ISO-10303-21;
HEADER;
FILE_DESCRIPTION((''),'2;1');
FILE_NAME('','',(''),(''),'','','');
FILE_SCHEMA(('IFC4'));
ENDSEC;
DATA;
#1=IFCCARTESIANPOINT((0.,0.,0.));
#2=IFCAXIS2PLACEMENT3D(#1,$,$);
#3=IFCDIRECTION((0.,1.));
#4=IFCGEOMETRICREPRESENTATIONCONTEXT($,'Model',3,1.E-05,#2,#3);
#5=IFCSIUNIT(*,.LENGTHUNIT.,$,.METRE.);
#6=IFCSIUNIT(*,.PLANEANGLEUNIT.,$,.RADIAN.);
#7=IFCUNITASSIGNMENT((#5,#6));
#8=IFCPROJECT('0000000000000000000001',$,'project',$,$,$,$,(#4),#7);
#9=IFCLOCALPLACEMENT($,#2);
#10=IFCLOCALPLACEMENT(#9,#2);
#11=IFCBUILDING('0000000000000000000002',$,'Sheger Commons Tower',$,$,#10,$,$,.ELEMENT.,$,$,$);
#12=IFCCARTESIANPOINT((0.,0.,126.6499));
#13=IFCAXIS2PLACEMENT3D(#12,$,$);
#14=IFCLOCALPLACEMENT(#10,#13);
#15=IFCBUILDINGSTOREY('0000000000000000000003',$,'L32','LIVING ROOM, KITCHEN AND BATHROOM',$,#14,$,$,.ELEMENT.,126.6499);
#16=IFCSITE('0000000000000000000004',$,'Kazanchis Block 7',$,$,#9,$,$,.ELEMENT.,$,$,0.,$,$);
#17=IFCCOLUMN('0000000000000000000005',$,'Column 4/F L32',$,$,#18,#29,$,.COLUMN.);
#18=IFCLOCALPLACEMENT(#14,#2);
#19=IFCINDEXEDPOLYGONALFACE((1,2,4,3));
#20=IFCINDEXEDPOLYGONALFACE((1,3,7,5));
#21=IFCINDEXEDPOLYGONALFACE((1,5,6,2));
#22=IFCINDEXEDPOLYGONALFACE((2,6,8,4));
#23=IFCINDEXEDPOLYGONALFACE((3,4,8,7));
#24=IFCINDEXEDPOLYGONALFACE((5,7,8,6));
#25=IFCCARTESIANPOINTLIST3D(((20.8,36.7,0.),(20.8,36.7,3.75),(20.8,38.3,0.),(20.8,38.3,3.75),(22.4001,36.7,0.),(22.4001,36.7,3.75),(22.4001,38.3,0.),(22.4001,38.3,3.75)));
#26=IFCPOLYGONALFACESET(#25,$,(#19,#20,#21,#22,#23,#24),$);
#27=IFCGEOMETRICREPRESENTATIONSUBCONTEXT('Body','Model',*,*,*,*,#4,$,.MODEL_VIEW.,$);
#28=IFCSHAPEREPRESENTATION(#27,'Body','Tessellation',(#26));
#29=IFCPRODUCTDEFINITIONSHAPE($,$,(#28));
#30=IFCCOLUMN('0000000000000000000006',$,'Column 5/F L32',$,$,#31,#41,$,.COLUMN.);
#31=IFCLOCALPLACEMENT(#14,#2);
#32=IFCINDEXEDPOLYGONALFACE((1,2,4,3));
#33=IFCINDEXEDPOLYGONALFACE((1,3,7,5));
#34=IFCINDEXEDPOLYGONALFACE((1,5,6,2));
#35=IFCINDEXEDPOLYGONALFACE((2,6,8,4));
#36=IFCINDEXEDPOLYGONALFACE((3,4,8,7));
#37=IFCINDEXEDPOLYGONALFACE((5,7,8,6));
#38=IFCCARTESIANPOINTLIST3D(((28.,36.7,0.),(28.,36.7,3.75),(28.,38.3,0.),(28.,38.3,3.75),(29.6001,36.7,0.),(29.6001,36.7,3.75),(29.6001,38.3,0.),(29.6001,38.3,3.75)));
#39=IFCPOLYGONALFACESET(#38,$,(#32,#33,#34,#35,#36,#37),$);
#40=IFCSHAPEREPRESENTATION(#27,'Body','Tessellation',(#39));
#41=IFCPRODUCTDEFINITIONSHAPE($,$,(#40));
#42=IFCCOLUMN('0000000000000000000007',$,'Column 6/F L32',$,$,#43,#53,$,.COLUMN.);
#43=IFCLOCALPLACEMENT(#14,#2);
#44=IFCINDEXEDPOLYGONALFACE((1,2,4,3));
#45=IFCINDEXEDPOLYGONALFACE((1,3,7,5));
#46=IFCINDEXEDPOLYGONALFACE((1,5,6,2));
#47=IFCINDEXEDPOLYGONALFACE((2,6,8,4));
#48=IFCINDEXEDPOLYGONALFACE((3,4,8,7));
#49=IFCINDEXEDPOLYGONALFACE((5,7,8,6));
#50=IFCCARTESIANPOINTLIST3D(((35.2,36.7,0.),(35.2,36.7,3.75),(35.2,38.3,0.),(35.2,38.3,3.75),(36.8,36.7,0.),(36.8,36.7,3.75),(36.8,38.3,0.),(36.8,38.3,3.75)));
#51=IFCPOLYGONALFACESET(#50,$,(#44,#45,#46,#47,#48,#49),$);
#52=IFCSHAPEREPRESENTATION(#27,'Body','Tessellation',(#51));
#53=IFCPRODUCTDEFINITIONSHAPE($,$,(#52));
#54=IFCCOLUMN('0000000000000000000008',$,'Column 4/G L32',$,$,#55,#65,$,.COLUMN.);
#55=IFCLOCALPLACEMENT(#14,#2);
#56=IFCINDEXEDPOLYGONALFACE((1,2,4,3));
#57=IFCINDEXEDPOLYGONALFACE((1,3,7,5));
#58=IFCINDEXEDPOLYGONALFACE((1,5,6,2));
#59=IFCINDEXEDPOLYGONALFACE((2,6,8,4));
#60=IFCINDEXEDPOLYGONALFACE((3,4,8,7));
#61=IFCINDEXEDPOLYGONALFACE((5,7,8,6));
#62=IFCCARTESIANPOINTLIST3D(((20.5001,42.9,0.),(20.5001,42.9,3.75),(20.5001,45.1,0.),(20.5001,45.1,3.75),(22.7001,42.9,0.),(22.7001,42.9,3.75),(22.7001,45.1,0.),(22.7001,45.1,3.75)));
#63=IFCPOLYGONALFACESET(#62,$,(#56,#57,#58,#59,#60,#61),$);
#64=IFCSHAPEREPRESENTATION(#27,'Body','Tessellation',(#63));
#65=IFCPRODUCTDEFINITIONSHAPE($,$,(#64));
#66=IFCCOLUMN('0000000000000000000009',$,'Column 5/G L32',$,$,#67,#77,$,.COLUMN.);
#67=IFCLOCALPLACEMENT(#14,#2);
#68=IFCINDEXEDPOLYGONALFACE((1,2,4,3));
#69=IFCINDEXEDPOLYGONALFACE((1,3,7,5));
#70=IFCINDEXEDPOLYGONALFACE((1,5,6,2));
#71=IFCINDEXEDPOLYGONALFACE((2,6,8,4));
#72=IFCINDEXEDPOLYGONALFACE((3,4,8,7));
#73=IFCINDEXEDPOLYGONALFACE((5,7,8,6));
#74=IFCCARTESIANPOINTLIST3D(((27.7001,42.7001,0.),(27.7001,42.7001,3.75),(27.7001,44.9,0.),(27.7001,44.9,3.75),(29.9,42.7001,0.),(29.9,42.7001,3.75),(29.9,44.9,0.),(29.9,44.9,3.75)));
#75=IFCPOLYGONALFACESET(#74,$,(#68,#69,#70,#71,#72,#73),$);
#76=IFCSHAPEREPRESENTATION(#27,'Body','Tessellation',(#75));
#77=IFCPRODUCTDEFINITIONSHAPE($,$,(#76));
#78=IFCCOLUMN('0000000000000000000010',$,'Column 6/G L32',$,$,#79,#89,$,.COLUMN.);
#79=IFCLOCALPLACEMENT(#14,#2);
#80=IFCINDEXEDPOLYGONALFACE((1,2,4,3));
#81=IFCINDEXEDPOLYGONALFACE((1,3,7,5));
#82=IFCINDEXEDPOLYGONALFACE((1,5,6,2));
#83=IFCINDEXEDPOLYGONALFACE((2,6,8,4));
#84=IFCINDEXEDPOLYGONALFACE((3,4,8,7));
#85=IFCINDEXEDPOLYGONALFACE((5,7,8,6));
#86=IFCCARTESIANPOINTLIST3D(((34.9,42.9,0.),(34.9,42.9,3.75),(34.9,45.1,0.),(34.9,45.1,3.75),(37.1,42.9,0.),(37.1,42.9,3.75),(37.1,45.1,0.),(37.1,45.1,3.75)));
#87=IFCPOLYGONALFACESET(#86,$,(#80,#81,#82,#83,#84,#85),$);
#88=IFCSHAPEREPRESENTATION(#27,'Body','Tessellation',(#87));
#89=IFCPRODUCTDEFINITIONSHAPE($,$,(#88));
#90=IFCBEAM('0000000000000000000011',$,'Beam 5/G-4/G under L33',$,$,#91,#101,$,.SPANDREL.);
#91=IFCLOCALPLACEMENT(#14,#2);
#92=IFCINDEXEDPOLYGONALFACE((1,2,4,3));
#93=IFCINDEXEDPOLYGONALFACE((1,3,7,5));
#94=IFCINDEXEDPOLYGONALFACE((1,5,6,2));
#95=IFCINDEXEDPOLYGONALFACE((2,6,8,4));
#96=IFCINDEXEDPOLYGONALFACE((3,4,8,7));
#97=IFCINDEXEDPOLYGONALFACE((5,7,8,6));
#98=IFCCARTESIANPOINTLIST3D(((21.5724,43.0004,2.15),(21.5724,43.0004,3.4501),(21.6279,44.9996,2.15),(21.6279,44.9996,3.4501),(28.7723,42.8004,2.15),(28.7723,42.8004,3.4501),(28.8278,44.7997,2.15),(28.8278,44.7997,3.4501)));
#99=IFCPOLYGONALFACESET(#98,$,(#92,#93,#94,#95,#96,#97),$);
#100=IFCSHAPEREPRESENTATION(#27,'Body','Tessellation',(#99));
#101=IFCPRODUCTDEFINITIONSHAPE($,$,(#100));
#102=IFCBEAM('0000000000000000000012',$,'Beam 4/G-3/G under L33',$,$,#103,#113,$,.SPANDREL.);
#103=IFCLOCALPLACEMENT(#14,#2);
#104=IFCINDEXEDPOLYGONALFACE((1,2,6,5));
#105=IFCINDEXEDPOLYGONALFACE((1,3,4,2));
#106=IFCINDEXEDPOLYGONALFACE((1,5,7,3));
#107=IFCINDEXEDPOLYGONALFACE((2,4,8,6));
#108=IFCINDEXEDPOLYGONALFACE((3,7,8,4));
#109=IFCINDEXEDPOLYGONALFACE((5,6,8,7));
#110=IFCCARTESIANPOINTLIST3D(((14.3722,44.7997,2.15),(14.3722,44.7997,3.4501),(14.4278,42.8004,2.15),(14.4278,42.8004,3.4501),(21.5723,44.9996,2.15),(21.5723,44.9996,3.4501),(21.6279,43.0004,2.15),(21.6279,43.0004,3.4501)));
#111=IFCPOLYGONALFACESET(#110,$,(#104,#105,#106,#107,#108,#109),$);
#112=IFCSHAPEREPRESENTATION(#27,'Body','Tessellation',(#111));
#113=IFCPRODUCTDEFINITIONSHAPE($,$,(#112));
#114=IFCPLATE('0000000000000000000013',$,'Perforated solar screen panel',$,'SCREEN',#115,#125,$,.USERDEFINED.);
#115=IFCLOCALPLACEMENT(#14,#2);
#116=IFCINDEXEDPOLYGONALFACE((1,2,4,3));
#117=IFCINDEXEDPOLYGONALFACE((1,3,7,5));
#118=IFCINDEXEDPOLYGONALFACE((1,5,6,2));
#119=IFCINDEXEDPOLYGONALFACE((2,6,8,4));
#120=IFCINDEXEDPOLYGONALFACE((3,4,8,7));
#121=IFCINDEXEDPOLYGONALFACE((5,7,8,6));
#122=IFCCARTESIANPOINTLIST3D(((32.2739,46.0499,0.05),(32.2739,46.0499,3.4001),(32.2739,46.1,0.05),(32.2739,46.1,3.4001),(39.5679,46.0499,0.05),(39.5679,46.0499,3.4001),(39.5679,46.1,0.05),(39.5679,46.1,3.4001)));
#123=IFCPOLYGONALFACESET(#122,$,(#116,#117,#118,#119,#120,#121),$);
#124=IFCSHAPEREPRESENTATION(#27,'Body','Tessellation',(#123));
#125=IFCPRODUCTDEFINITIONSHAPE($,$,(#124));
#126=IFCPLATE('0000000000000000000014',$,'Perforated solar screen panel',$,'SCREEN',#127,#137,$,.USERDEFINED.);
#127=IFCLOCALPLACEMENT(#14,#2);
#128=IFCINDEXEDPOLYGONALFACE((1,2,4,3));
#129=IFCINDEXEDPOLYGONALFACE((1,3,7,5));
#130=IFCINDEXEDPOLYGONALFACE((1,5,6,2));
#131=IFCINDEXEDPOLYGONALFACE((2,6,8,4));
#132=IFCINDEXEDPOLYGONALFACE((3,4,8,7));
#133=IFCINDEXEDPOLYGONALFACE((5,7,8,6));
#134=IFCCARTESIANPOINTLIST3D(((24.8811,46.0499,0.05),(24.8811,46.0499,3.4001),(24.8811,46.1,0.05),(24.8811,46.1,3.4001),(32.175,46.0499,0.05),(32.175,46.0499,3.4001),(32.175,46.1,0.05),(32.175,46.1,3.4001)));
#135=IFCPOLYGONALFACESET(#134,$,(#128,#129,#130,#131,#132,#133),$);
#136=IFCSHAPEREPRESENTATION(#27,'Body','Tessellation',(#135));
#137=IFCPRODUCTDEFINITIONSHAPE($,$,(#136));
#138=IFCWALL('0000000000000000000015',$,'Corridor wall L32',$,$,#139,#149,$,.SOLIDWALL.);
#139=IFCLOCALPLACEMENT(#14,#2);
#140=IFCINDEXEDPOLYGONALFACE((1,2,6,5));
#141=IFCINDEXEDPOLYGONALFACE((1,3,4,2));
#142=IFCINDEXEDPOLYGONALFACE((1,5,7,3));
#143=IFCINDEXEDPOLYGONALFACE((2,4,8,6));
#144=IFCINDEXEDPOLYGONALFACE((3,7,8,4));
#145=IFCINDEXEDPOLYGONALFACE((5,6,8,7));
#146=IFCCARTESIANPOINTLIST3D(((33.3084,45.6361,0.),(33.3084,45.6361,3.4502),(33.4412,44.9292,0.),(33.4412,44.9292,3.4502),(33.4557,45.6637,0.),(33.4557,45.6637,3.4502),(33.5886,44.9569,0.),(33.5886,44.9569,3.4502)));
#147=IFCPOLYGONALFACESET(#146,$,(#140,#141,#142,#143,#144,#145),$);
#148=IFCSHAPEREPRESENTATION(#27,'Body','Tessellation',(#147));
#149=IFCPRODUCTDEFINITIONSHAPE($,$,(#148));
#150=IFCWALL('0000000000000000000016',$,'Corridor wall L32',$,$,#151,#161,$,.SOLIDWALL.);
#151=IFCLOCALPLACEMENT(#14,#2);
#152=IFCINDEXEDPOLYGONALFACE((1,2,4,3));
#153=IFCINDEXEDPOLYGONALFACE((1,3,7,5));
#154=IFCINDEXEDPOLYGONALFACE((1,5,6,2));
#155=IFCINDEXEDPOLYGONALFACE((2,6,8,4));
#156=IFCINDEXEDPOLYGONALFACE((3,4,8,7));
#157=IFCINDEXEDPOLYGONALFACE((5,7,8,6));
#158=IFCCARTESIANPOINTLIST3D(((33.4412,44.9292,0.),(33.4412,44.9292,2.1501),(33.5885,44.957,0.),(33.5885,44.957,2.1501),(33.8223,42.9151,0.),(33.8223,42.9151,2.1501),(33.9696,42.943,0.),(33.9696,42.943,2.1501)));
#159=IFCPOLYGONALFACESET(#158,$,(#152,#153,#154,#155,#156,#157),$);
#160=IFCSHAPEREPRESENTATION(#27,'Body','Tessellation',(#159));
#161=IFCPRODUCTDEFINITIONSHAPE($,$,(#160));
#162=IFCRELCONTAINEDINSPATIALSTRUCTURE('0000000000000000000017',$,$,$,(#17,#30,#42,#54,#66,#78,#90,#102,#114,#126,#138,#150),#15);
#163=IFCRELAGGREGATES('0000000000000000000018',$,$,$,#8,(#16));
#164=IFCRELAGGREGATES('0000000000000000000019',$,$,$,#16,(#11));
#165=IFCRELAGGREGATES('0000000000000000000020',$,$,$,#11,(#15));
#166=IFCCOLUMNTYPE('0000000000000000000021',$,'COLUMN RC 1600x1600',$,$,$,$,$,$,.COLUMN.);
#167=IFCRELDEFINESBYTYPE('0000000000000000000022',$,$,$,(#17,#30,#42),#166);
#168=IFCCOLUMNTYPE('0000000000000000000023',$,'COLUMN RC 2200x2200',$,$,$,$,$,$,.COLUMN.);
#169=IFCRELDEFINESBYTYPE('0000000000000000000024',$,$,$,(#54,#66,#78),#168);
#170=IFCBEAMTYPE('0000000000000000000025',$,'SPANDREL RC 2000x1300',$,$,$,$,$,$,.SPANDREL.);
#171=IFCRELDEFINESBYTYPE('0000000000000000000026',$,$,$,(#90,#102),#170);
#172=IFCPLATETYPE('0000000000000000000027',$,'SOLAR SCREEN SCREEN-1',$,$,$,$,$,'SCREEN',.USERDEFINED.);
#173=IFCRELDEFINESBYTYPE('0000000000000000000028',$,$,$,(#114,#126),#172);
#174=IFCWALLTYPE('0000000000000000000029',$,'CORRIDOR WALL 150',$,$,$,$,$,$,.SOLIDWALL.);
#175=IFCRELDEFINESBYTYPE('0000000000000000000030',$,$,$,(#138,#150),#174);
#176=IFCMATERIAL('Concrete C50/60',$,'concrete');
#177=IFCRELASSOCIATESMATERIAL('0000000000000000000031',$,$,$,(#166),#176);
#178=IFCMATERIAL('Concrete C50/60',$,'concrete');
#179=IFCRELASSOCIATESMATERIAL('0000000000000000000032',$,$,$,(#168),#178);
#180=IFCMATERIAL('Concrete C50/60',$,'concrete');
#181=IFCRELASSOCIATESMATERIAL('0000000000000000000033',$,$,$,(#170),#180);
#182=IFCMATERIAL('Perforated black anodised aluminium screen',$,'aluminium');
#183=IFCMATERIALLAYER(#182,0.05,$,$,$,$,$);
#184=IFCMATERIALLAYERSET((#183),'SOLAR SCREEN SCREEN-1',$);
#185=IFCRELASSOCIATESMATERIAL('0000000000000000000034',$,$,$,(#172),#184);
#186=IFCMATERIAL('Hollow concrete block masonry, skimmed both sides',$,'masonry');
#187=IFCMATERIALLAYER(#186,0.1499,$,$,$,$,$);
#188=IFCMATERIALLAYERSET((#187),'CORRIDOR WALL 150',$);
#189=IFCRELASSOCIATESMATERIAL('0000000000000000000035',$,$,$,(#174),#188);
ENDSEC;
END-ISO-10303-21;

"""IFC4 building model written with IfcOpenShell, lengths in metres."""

from ifc_helpers import new_model, si_unit, direction, frame, frame_2d, origin, origin_2d, place, context, subcontext, project, spatial, rectangle, extrude, material, layer, layer_set, material_profile, profile_set, type_object, element, save


model = new_model("IFC4")

# Units and contexts
model_context = context("Model", 3, precision=1e-05, world=origin(), true_north=direction((0.0, 1.0)))
body_context = subcontext(model_context, "Body", "Model", "MODEL_VIEW")
ifc_project = project(units=[si_unit("LENGTHUNIT", "METRE"), si_unit("PLANEANGLEUNIT", "RADIAN")], contexts=[model_context])

# Site, building, storey
site_placement = place(None, origin())
site = spatial("IfcSite", under=ifc_project, at=site_placement, Name="Kazanchis Block 7", CompositionType="ELEMENT", RefElevation=0.0)
building_placement = place(site_placement, origin())
building = spatial("IfcBuilding", under=site, at=building_placement, Name="Sheger Commons Tower", CompositionType="ELEMENT")
storey_placement = place(building_placement, frame((0.0, 0.0, 126.6499)))
storey = spatial("IfcBuildingStorey", under=building, at=storey_placement, Name="L32", Description="LIVING ROOM, KITCHEN AND BATHROOM", CompositionType="ELEMENT", Elevation=126.6499)

# Columns
ifc_material_1 = material(Name="Concrete C50/60", Category="concrete")
ifc_material_profile_1 = material_profile(ifc_material_1, rectangle(XDim=1.6001, YDim=1.6001, at=origin_2d()), Name="RC 1600x1600")
ifc_profile_set_1 = profile_set([ifc_material_profile_1], Name="Concrete C50/60")
column_type_1 = type_object("IfcColumnType", Name="COLUMN RC 1600x1600", PredefinedType="COLUMN", material=ifc_profile_set_1)
for number, where, z_axis, x_axis, name in (
    (1, (21.6001, 37.5, 0.0), (0.0, 0.0, 1.0), (1.0, 0.0, 0.0), "Column 4/F L32"),
    (2, (28.8, 37.5, 0.0), (0.0, 0.0, 1.0), (1.0, 0.0, 0.0), "Column 5/F L32"),
    (3, (36.0, 37.5, 0.0), (0.0, 0.0, 1.0), (1.0, 0.0, 0.0), "Column 6/F L32"),
):
    element("IfcColumn", number, at=place(storey_placement, frame(where, z_axis=z_axis, x_axis=x_axis)), inside=storey, type_object=column_type_1, Name=name, PredefinedType="COLUMN", context=body_context, shape_type="SweptSolid", body=[
        extrude(rectangle(XDim=1.6001, YDim=1.6001, at=origin_2d()), origin(), (0.0, 0.0, 1.0), 3.75),
    ])
ifc_material_2 = material(Name="Concrete C50/60", Category="concrete")
ifc_material_profile_2 = material_profile(ifc_material_2, rectangle(XDim=2.2, YDim=2.2, at=origin_2d()), Name="RC 2200x2200")
ifc_profile_set_2 = profile_set([ifc_material_profile_2], Name="Concrete C50/60")
column_type_2 = type_object("IfcColumnType", Name="COLUMN RC 2200x2200", PredefinedType="COLUMN", material=ifc_profile_set_2)
for number, where, z_axis, x_axis, name in (
    (4, (21.6001, 44.0, 0.0), (0.0, 0.0, 1.0), (1.0, 0.0, 0.0), "Column 4/G L32"),
    (5, (28.8, 43.8, 0.0), (0.0, 0.0, 1.0), (1.0, 0.0, 0.0), "Column 5/G L32"),
    (6, (36.0, 44.0, 0.0), (0.0, 0.0, 1.0), (1.0, 0.0, 0.0), "Column 6/G L32"),
):
    element("IfcColumn", number, at=place(storey_placement, frame(where, z_axis=z_axis, x_axis=x_axis)), inside=storey, type_object=column_type_2, Name=name, PredefinedType="COLUMN", context=body_context, shape_type="SweptSolid", body=[
        extrude(rectangle(XDim=2.2, YDim=2.2, at=origin_2d()), origin(), (0.0, 0.0, 1.0), 3.75),
    ])

# Beams
ifc_material_3 = material(Name="Concrete C50/60", Category="concrete")
ifc_material_profile_3 = material_profile(ifc_material_3, rectangle(XDim=2.0, YDim=1.3, at=origin_2d()), Name="RC 2000x1300")
ifc_profile_set_3 = profile_set([ifc_material_profile_3], Name="Concrete C50/60")
beam_type = type_object("IfcBeamType", Name="SPANDREL RC 2000x1300", PredefinedType="SPANDREL", material=ifc_profile_set_3)
beam_1_placement = place(storey_placement, frame((28.8, 43.8, 2.8), z_axis=(-0.999615, 0.02776, 0.0), x_axis=(-0.02776, -0.999615, 0.0)))
element("IfcBeam", 7, at=beam_1_placement, inside=storey, type_object=beam_type, Name="Beam 5/G-4/G under L33", PredefinedType="SPANDREL", context=body_context, shape_type="SweptSolid", body=[
    extrude(rectangle(XDim=2.0, YDim=1.3, at=origin_2d()), origin(), (0.0, 0.0, 1.0), 7.2026),
])
beam_2_placement = place(storey_placement, frame((21.6001, 44.0, 2.8), z_axis=(-0.999615, -0.02776, 0.0), x_axis=(0.02776, -0.999615, 0.0)))
element("IfcBeam", 8, at=beam_2_placement, inside=storey, type_object=beam_type, Name="Beam 4/G-3/G under L33", PredefinedType="SPANDREL", context=body_context, shape_type="SweptSolid", body=[
    extrude(rectangle(XDim=2.0, YDim=1.3, at=origin_2d()), origin(), (0.0, 0.0, 1.0), 7.2029),
])

# Plates
ifc_material_4 = material(Name="Perforated black anodised aluminium screen", Category="aluminium")
ifc_layer_1 = layer(ifc_material_4, 0.05)
ifc_layer_set_1 = layer_set([ifc_layer_1], Name="SOLAR SCREEN SCREEN-1")
plate_type = type_object("IfcPlateType", Name="SOLAR SCREEN SCREEN-1", ElementType="SCREEN", PredefinedType="USERDEFINED", material=ifc_layer_set_1)
for number, where, z_axis, x_axis, name in (
    (9, (35.9209, 46.075, 0.05), (0.0, 0.0, 1.0), (-1.0, 0.0, 0.0), "Perforated solar screen panel"),
    (10, (28.5281, 46.075, 0.05), (0.0, 0.0, 1.0), (-1.0, 0.0, 0.0), "Perforated solar screen panel"),
):
    element("IfcPlate", number, at=place(storey_placement, frame(where, z_axis=z_axis, x_axis=x_axis)), inside=storey, type_object=plate_type, Name=name, ObjectType="SCREEN", PredefinedType="USERDEFINED", context=body_context, shape_type="SweptSolid", body=[
        extrude(rectangle(XDim=7.2939, YDim=0.05, at=origin_2d()), origin(), (0.0, 0.0, 1.0), 3.3501),
    ])

# Walls
ifc_material_5 = material(Name="Hollow concrete block masonry, skimmed both sides", Category="masonry")
ifc_layer_2 = layer(ifc_material_5, 0.1499)
ifc_layer_set_2 = layer_set([ifc_layer_2], Name="CORRIDOR WALL 150")
wall_type_1 = type_object("IfcWallType", Name="CORRIDOR WALL 150", PredefinedType="SOLIDWALL", material=ifc_layer_set_2)
wall_1_placement = place(storey_placement, frame((33.3821, 45.6499, 0.0), z_axis=(0.0, 0.0, 1.0), x_axis=(0.184678, -0.982799, 0.0)))
element("IfcWall", 11, at=wall_1_placement, inside=storey, type_object=wall_type_1, Name="Corridor wall L32", PredefinedType="SOLIDWALL", context=body_context, shape_type="SweptSolid", body=[
    extrude(rectangle(XDim=0.7192, YDim=0.1499, at=frame_2d((0.3596, 0.0))), origin(), (0.0, 0.0, 1.0), 3.4502),
])
wall_2_placement = place(storey_placement, frame((33.5149, 44.9431, 0.0), z_axis=(0.0, 0.0, 1.0), x_axis=(0.185913, -0.982566, 0.0)))
element("IfcWall", 12, at=wall_2_placement, inside=storey, type_object=wall_type_1, Name="Corridor wall L32", PredefinedType="SOLIDWALL", context=body_context, shape_type="SweptSolid", body=[
    extrude(rectangle(XDim=2.0498, YDim=0.1499, at=frame_2d((1.0249, 0.0))), origin(), (0.0, 0.0, 1.0), 2.1501),
])

save(model, "model.ifc")
